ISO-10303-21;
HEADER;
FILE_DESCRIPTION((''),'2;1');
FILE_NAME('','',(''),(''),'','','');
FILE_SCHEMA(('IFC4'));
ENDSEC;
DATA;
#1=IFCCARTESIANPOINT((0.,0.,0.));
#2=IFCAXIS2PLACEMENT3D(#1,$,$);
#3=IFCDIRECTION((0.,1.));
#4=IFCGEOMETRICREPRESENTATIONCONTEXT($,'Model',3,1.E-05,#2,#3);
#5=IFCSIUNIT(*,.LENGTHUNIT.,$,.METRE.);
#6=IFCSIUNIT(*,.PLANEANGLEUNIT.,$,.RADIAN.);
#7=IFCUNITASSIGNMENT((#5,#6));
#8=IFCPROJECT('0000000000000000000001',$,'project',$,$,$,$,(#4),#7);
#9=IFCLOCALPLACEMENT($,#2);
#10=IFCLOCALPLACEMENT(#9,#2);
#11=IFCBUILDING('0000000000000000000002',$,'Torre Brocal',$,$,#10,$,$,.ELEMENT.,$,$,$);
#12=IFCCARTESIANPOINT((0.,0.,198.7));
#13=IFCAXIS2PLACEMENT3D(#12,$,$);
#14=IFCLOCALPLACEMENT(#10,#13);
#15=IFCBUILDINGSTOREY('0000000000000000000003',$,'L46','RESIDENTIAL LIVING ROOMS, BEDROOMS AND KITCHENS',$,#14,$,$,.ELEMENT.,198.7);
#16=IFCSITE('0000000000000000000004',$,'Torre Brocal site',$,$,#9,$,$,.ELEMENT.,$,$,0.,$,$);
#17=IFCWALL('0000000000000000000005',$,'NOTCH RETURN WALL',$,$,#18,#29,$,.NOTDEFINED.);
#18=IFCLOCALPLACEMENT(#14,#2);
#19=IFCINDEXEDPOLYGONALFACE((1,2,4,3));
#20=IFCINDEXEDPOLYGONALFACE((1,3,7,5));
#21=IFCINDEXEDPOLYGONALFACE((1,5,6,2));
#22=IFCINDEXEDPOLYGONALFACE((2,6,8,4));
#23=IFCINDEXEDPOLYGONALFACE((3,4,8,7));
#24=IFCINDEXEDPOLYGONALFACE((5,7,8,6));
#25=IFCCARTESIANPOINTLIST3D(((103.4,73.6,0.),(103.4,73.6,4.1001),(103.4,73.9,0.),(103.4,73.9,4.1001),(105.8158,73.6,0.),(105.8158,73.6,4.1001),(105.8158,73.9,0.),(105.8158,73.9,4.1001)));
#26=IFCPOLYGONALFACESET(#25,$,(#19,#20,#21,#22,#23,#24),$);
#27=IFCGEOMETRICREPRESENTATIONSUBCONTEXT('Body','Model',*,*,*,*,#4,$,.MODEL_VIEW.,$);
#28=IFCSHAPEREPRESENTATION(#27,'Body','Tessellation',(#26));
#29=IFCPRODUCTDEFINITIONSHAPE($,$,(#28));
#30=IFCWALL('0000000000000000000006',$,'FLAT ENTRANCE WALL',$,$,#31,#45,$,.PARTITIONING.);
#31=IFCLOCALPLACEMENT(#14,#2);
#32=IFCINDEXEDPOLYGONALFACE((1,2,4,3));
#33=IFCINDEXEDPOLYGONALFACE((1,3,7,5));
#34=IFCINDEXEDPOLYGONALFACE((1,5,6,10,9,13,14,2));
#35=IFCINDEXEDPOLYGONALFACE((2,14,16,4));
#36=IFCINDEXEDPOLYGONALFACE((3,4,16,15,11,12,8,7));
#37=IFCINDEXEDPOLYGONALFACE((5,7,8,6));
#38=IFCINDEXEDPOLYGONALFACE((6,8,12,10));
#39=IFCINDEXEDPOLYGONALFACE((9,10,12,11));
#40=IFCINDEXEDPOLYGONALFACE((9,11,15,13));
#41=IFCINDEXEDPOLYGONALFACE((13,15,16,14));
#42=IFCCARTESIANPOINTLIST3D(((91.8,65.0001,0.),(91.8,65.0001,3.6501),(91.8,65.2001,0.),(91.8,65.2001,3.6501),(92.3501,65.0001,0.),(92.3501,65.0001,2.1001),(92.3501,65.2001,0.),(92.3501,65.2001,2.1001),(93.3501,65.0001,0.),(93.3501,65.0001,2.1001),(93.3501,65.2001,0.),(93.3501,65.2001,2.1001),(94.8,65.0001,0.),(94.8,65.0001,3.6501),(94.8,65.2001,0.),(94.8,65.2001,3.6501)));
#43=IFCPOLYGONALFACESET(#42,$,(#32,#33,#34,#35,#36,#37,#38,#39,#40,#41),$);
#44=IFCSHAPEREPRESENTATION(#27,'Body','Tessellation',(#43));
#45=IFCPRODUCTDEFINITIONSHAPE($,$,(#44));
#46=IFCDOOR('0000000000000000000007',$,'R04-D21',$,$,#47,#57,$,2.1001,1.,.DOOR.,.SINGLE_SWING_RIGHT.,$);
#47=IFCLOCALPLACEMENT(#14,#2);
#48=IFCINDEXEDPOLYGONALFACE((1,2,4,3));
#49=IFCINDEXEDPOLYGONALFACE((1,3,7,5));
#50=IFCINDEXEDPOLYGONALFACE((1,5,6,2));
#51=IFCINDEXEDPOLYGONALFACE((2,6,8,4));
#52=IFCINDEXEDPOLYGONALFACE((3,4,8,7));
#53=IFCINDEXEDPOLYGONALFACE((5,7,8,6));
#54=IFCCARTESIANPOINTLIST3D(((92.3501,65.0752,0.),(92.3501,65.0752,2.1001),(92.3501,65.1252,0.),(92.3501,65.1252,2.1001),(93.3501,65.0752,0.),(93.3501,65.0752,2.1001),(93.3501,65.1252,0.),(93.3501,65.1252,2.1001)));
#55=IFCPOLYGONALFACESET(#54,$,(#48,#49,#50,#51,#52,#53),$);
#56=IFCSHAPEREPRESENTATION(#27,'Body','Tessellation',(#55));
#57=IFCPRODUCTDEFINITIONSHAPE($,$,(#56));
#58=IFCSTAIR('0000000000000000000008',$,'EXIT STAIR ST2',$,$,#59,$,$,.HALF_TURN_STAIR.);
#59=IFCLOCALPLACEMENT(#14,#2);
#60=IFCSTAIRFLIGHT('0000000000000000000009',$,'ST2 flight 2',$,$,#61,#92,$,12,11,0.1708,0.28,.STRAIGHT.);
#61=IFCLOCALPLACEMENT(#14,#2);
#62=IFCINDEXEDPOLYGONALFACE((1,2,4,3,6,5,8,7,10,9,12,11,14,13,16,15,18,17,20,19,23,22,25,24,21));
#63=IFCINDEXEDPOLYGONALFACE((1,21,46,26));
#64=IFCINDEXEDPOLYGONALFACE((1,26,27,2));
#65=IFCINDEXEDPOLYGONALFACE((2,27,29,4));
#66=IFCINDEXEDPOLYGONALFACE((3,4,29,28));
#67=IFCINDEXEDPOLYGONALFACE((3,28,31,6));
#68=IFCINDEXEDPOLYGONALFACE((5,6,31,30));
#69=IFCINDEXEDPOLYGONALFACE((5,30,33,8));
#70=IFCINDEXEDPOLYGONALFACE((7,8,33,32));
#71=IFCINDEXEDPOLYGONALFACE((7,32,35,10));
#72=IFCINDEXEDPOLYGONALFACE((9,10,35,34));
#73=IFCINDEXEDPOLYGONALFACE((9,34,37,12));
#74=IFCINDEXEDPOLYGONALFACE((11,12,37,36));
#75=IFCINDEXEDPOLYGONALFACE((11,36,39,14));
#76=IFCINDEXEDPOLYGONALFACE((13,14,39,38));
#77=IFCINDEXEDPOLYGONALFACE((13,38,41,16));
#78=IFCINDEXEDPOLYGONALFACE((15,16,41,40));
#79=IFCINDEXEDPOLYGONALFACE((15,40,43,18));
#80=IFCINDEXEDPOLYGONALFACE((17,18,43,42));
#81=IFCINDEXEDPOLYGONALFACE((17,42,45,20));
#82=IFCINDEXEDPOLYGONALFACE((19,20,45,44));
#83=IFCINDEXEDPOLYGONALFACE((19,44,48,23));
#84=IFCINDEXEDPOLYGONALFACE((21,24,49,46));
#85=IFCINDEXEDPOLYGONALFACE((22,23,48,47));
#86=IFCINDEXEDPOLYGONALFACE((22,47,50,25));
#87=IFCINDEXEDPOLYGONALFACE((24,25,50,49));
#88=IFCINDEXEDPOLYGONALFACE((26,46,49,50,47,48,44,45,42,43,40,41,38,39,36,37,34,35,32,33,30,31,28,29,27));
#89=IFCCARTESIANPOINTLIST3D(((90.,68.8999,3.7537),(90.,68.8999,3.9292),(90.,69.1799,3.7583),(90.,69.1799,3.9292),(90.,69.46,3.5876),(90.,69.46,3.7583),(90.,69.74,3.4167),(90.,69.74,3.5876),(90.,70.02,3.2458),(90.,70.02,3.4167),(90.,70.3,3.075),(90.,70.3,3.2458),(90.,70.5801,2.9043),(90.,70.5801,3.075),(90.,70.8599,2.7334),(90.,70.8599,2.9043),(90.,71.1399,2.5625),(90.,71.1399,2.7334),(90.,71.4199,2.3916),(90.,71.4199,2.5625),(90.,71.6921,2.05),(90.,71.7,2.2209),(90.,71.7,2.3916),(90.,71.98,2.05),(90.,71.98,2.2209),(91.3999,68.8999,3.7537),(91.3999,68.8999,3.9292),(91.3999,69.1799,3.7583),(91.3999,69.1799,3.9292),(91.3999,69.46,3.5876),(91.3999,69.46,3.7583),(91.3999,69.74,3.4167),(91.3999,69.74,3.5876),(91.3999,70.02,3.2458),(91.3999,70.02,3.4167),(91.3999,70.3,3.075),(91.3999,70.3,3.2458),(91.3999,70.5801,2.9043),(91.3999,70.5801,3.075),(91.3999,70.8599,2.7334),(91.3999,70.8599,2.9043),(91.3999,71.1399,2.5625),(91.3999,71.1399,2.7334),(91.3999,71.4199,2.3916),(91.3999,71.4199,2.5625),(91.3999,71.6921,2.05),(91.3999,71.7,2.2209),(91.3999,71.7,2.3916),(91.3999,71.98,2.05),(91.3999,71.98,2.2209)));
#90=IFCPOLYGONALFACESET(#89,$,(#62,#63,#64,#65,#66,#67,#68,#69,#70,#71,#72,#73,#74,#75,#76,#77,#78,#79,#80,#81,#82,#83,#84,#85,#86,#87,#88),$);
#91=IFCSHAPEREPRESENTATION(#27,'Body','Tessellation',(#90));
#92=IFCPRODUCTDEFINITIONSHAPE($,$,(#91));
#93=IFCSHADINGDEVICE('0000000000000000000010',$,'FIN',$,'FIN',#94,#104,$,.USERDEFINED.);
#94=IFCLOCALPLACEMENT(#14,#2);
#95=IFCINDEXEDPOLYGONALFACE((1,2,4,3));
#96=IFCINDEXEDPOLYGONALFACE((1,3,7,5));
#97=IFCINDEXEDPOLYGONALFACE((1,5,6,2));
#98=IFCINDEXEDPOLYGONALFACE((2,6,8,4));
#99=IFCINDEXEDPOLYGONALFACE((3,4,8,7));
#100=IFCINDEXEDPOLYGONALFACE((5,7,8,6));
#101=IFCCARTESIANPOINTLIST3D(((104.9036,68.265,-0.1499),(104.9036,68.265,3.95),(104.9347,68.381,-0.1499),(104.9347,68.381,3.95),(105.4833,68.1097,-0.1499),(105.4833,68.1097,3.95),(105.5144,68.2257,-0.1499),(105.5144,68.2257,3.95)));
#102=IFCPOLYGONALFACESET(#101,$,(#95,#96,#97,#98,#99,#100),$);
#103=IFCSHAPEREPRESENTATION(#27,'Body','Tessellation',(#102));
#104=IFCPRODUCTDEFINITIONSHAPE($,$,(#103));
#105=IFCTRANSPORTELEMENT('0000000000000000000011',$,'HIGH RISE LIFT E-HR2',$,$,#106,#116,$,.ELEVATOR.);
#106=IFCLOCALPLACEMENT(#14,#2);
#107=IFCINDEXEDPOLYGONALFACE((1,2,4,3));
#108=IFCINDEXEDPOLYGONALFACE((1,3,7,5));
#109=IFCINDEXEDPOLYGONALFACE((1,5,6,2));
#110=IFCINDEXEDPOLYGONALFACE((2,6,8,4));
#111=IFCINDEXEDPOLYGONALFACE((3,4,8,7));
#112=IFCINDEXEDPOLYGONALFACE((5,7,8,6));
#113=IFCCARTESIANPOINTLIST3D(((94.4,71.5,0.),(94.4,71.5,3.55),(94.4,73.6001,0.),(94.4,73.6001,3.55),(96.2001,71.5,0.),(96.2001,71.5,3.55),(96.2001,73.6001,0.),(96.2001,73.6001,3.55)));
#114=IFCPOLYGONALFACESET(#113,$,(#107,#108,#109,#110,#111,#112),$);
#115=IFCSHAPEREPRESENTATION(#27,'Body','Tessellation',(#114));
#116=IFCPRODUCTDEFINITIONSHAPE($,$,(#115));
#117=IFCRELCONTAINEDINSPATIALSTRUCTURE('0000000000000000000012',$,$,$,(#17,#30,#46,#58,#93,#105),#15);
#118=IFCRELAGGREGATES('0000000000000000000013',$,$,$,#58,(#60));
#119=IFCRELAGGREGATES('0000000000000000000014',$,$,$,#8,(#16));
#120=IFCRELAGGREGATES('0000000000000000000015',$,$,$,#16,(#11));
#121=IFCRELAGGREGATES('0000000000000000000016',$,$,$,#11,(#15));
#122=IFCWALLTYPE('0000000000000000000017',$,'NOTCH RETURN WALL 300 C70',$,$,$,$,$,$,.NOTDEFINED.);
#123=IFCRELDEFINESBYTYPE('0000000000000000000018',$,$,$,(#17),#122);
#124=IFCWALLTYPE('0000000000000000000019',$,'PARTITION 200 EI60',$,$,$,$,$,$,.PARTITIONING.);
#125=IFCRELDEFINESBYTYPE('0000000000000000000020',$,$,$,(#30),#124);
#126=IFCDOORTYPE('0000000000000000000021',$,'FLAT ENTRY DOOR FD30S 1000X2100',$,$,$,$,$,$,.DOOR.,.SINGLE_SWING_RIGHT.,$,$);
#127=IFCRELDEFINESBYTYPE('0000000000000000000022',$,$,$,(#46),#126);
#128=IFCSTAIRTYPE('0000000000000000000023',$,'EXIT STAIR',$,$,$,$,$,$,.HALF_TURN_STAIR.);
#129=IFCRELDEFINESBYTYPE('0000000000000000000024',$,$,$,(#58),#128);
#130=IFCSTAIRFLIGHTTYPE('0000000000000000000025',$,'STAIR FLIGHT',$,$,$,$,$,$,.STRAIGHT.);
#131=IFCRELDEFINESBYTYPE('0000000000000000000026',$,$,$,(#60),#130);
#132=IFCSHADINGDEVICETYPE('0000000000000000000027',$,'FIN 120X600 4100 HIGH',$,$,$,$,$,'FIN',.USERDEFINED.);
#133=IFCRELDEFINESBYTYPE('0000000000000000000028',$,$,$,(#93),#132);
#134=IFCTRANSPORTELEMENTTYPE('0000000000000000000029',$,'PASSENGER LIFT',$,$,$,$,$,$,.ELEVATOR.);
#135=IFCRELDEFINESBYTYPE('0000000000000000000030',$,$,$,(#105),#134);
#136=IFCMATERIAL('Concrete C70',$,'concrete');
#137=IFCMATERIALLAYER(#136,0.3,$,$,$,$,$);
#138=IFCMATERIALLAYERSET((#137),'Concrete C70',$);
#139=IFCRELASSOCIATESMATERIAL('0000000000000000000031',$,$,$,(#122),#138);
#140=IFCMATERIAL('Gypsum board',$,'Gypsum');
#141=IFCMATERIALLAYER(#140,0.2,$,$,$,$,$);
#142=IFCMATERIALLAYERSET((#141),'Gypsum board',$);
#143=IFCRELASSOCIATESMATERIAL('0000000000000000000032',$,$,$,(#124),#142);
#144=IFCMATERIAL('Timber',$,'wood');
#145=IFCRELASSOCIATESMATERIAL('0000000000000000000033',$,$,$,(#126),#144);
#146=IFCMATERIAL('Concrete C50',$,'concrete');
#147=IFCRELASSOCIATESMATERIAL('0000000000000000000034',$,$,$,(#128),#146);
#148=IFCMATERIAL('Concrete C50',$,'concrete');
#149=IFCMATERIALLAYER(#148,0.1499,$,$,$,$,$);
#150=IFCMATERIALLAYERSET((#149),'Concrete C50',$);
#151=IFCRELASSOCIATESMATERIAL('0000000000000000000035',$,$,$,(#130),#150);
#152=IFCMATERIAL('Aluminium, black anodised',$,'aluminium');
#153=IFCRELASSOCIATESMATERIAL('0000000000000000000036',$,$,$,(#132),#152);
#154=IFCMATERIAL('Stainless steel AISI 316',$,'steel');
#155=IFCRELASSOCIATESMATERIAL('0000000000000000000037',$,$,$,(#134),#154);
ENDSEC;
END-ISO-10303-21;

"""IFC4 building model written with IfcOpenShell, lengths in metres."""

from ifc_helpers import new_model, si_unit, direction, frame, frame_2d, origin, origin_2d, place, context, subcontext, project, spatial, polyline, rectangle, outline, extrude, material, layer, layer_set, material_profile, profile_set, type_object, element, fill, aggregate, save


model = new_model("IFC4")

# Units and contexts
model_context = context("Model", 3, precision=1e-05, world=origin(), true_north=direction((0.0, 1.0)))
body_context = subcontext(model_context, "Body", "Model", "MODEL_VIEW")
ifc_project = project(units=[si_unit("LENGTHUNIT", "METRE"), si_unit("PLANEANGLEUNIT", "RADIAN")], contexts=[model_context])

# Site, building, storey
site_placement = place(None, origin())
site = spatial("IfcSite", under=ifc_project, at=site_placement, Name="Torre Brocal site", CompositionType="ELEMENT", RefElevation=0.0)
building_placement = place(site_placement, origin())
building = spatial("IfcBuilding", under=site, at=building_placement, Name="Torre Brocal", CompositionType="ELEMENT")
storey_placement = place(building_placement, frame((0.0, 0.0, 198.7)))
storey = spatial("IfcBuildingStorey", under=building, at=storey_placement, Name="L46", Description="RESIDENTIAL LIVING ROOMS, BEDROOMS AND KITCHENS", CompositionType="ELEMENT", Elevation=198.7)

# Wall
ifc_material_1 = material(Name="Concrete C70", Category="concrete")
ifc_layer_1 = layer(ifc_material_1, 0.3)
ifc_layer_set_1 = layer_set([ifc_layer_1], Name="Concrete C70")
wall_type_1 = type_object("IfcWallType", Name="NOTCH RETURN WALL 300 C70", PredefinedType="NOTDEFINED", material=ifc_layer_set_1)
wall_1_placement = place(storey_placement, frame((103.3999, 73.75, 0.0), z_axis=(0.0, 0.0, 1.0), x_axis=(1.0, 0.0, 0.0)))
element("IfcWall", 1, at=wall_1_placement, inside=storey, type_object=wall_type_1, Name="NOTCH RETURN WALL", PredefinedType="NOTDEFINED", context=body_context, shape_type="SweptSolid", body=[
    extrude(rectangle(XDim=2.4158, YDim=0.3, at=frame_2d((1.208, 0.0))), origin(), (0.0, 0.0, 1.0), 4.1001),
])

# Wall, opening, door
ifc_material_2 = material(Name="Gypsum board", Category="Gypsum")
ifc_layer_2 = layer(ifc_material_2, 0.2)
ifc_layer_set_2 = layer_set([ifc_layer_2], Name="Gypsum board")
wall_type_2 = type_object("IfcWallType", Name="PARTITION 200 EI60", PredefinedType="PARTITIONING", material=ifc_layer_set_2)
wall_2_placement = place(storey_placement, frame((91.8, 65.1001, 0.0), z_axis=(0.0, 0.0, 1.0), x_axis=(1.0, 0.0, 0.0)))
wall_2 = element("IfcWall", 2, at=wall_2_placement, inside=storey, type_object=wall_type_2, Name="FLAT ENTRANCE WALL", PredefinedType="PARTITIONING", context=body_context, shape_type="SweptSolid", body=[
    extrude(rectangle(XDim=3.0, YDim=0.2, at=frame_2d((1.5, 0.0))), origin(), (0.0, 0.0, 1.0), 3.6501),
])
opening_1_placement = place(wall_2_placement, frame((0.55, 0.0, 0.0)))
opening_1 = element("IfcOpeningElement", 3, at=opening_1_placement, cuts=wall_2, PredefinedType="OPENING", context=body_context, shape_type="SweptSolid", body=[
    extrude(rectangle(XDim=1.0, YDim=2.1001, at=frame_2d((0.5, 1.05))), frame((0.0, 0.1099, 0.0), z_axis=(0.0, -1.0, 0.0), x_axis=(1.0, 0.0, 0.0)), (0.0, 0.0, 1.0), 0.22),
])
ifc_material_3 = material(Name="Timber", Category="wood")
door_type_1 = type_object("IfcDoorType", Name="FLAT ENTRY DOOR FD30S 1000X2100", OperationType="SINGLE_SWING_RIGHT", PredefinedType="DOOR", material=ifc_material_3)
door_1_placement = place(opening_1_placement, frame((1.0, 0.0, 0.0), z_axis=(0.0, 0.0, 1.0), x_axis=(-1.0, 0.0, 0.0)))
door_1 = element("IfcDoor", 4, at=door_1_placement, inside=storey, type_object=door_type_1, Name="R04-D21", OperationType="SINGLE_SWING_RIGHT", OverallHeight=2.1001, OverallWidth=1.0, PredefinedType="DOOR", context=body_context, shape_type="SweptSolid", body=[
    extrude(rectangle(XDim=1.0, YDim=2.1001, at=frame_2d((0.5, 1.05))), frame((0.0, 0.0249, 0.0), z_axis=(0.0, -1.0, 0.0), x_axis=(1.0, 0.0, 0.0)), (0.0, 0.0, 1.0), 0.05),
])
fill(opening_1, door_1)

# Stair, stair flight
ifc_material_4 = material(Name="Concrete C50", Category="concrete")
stair_type = type_object("IfcStairType", Name="EXIT STAIR", PredefinedType="HALF_TURN_STAIR", material=ifc_material_4)
stair_placement = place(storey_placement, origin())
stair = element("IfcStair", 5, at=stair_placement, inside=storey, type_object=stair_type, Name="EXIT STAIR ST2", PredefinedType="HALF_TURN_STAIR")
ifc_material_5 = material(Name="Concrete C50", Category="concrete")
ifc_layer_3 = layer(ifc_material_5, 0.1499)
ifc_layer_set_3 = layer_set([ifc_layer_3], Name="Concrete C50")
stair_flight_type = type_object("IfcStairFlightType", Name="STAIR FLIGHT", PredefinedType="STRAIGHT", material=ifc_layer_set_3)
stair_flight_placement = place(storey_placement, frame((90.7, 71.98, 2.05), z_axis=(0.0, 0.0, 1.0), x_axis=(0.0, -1.0, 0.0)))
stair_flight = element("IfcStairFlight", 6, at=stair_flight_placement, type_object=stair_flight_type, Name="ST2 flight 2", NumberOfRisers=12, NumberOfTreads=11, PredefinedType="STRAIGHT", RiserHeight=0.1708, TreadLength=0.28, context=body_context, shape_type="SweptSolid", body=[
    extrude(outline(polyline([(0.0, 0.0), (0.0, 0.1709), (0.28, 0.1709), (0.28, 0.3416), (0.5601, 0.3416), (0.5601, 0.5125), (0.8401, 0.5125), (0.8401, 0.6833), (1.1201, 0.6833), (1.1201, 0.8542), (1.3999, 0.8542), (1.3999, 1.0249), (1.6799, 1.0249), (1.6799, 1.1958), (1.96, 1.1958), (1.96, 1.3667), (2.24, 1.3667), (2.24, 1.5376), (2.52, 1.5376), (2.52, 1.7083), (2.8, 1.7083), (2.8, 1.8792), (3.0801, 1.8792), (3.0801, 2.05), (3.0801, 1.7036), (0.2878, 0.0), (0.0, 0.0)])), frame((0.0, 0.7, 0.0), z_axis=(0.0, -1.0, 0.0), x_axis=(1.0, 0.0, 0.0)), (0.0, 0.0, 1.0), 1.3999),
])
aggregate(stair, [stair_flight])

# Shading device
ifc_material_6 = material(Name="Aluminium, black anodised", Category="aluminium")
ifc_material_profile_1 = material_profile(ifc_material_6, rectangle(XDim=0.1201, YDim=0.6001, at=origin_2d()), Name="FIN 120X600 4100 HIGH")
ifc_profile_set_1 = profile_set([ifc_material_profile_1], Name="Aluminium, black anodised")
shading_device_type = type_object("IfcShadingDeviceType", Name="FIN 120X600 4100 HIGH", ElementType="FIN", PredefinedType="USERDEFINED", material=ifc_profile_set_1)
shading_device_placement = place(storey_placement, frame((105.209, 68.2454, -0.1499), z_axis=(0.0, 0.0, 1.0), x_axis=(0.258819, 0.965926, 0.0)))
element("IfcShadingDevice", 7, at=shading_device_placement, inside=storey, type_object=shading_device_type, Name="FIN", ObjectType="FIN", PredefinedType="USERDEFINED", context=body_context, shape_type="SweptSolid", body=[
    extrude(rectangle(XDim=0.1201, YDim=0.6001, at=origin_2d()), origin(), (0.0, 0.0, 1.0), 4.0999),
])

# Transport element
ifc_material_7 = material(Name="Stainless steel AISI 316", Category="steel")
transport_element_type = type_object("IfcTransportElementType", Name="PASSENGER LIFT", PredefinedType="ELEVATOR", material=ifc_material_7)
transport_element_placement = place(storey_placement, frame((95.3, 72.55, 0.0), z_axis=(0.0, 0.0, 1.0), x_axis=(1.0, 0.0, 0.0)))
element("IfcTransportElement", 8, at=transport_element_placement, inside=storey, type_object=transport_element_type, Name="HIGH RISE LIFT E-HR2", PredefinedType="ELEVATOR", context=body_context, shape_type="SweptSolid", body=[
    extrude(rectangle(XDim=1.8, YDim=2.1001, at=origin_2d()), origin(), (0.0, 0.0, 1.0), 3.55),
])

save(model, "model.ifc")
